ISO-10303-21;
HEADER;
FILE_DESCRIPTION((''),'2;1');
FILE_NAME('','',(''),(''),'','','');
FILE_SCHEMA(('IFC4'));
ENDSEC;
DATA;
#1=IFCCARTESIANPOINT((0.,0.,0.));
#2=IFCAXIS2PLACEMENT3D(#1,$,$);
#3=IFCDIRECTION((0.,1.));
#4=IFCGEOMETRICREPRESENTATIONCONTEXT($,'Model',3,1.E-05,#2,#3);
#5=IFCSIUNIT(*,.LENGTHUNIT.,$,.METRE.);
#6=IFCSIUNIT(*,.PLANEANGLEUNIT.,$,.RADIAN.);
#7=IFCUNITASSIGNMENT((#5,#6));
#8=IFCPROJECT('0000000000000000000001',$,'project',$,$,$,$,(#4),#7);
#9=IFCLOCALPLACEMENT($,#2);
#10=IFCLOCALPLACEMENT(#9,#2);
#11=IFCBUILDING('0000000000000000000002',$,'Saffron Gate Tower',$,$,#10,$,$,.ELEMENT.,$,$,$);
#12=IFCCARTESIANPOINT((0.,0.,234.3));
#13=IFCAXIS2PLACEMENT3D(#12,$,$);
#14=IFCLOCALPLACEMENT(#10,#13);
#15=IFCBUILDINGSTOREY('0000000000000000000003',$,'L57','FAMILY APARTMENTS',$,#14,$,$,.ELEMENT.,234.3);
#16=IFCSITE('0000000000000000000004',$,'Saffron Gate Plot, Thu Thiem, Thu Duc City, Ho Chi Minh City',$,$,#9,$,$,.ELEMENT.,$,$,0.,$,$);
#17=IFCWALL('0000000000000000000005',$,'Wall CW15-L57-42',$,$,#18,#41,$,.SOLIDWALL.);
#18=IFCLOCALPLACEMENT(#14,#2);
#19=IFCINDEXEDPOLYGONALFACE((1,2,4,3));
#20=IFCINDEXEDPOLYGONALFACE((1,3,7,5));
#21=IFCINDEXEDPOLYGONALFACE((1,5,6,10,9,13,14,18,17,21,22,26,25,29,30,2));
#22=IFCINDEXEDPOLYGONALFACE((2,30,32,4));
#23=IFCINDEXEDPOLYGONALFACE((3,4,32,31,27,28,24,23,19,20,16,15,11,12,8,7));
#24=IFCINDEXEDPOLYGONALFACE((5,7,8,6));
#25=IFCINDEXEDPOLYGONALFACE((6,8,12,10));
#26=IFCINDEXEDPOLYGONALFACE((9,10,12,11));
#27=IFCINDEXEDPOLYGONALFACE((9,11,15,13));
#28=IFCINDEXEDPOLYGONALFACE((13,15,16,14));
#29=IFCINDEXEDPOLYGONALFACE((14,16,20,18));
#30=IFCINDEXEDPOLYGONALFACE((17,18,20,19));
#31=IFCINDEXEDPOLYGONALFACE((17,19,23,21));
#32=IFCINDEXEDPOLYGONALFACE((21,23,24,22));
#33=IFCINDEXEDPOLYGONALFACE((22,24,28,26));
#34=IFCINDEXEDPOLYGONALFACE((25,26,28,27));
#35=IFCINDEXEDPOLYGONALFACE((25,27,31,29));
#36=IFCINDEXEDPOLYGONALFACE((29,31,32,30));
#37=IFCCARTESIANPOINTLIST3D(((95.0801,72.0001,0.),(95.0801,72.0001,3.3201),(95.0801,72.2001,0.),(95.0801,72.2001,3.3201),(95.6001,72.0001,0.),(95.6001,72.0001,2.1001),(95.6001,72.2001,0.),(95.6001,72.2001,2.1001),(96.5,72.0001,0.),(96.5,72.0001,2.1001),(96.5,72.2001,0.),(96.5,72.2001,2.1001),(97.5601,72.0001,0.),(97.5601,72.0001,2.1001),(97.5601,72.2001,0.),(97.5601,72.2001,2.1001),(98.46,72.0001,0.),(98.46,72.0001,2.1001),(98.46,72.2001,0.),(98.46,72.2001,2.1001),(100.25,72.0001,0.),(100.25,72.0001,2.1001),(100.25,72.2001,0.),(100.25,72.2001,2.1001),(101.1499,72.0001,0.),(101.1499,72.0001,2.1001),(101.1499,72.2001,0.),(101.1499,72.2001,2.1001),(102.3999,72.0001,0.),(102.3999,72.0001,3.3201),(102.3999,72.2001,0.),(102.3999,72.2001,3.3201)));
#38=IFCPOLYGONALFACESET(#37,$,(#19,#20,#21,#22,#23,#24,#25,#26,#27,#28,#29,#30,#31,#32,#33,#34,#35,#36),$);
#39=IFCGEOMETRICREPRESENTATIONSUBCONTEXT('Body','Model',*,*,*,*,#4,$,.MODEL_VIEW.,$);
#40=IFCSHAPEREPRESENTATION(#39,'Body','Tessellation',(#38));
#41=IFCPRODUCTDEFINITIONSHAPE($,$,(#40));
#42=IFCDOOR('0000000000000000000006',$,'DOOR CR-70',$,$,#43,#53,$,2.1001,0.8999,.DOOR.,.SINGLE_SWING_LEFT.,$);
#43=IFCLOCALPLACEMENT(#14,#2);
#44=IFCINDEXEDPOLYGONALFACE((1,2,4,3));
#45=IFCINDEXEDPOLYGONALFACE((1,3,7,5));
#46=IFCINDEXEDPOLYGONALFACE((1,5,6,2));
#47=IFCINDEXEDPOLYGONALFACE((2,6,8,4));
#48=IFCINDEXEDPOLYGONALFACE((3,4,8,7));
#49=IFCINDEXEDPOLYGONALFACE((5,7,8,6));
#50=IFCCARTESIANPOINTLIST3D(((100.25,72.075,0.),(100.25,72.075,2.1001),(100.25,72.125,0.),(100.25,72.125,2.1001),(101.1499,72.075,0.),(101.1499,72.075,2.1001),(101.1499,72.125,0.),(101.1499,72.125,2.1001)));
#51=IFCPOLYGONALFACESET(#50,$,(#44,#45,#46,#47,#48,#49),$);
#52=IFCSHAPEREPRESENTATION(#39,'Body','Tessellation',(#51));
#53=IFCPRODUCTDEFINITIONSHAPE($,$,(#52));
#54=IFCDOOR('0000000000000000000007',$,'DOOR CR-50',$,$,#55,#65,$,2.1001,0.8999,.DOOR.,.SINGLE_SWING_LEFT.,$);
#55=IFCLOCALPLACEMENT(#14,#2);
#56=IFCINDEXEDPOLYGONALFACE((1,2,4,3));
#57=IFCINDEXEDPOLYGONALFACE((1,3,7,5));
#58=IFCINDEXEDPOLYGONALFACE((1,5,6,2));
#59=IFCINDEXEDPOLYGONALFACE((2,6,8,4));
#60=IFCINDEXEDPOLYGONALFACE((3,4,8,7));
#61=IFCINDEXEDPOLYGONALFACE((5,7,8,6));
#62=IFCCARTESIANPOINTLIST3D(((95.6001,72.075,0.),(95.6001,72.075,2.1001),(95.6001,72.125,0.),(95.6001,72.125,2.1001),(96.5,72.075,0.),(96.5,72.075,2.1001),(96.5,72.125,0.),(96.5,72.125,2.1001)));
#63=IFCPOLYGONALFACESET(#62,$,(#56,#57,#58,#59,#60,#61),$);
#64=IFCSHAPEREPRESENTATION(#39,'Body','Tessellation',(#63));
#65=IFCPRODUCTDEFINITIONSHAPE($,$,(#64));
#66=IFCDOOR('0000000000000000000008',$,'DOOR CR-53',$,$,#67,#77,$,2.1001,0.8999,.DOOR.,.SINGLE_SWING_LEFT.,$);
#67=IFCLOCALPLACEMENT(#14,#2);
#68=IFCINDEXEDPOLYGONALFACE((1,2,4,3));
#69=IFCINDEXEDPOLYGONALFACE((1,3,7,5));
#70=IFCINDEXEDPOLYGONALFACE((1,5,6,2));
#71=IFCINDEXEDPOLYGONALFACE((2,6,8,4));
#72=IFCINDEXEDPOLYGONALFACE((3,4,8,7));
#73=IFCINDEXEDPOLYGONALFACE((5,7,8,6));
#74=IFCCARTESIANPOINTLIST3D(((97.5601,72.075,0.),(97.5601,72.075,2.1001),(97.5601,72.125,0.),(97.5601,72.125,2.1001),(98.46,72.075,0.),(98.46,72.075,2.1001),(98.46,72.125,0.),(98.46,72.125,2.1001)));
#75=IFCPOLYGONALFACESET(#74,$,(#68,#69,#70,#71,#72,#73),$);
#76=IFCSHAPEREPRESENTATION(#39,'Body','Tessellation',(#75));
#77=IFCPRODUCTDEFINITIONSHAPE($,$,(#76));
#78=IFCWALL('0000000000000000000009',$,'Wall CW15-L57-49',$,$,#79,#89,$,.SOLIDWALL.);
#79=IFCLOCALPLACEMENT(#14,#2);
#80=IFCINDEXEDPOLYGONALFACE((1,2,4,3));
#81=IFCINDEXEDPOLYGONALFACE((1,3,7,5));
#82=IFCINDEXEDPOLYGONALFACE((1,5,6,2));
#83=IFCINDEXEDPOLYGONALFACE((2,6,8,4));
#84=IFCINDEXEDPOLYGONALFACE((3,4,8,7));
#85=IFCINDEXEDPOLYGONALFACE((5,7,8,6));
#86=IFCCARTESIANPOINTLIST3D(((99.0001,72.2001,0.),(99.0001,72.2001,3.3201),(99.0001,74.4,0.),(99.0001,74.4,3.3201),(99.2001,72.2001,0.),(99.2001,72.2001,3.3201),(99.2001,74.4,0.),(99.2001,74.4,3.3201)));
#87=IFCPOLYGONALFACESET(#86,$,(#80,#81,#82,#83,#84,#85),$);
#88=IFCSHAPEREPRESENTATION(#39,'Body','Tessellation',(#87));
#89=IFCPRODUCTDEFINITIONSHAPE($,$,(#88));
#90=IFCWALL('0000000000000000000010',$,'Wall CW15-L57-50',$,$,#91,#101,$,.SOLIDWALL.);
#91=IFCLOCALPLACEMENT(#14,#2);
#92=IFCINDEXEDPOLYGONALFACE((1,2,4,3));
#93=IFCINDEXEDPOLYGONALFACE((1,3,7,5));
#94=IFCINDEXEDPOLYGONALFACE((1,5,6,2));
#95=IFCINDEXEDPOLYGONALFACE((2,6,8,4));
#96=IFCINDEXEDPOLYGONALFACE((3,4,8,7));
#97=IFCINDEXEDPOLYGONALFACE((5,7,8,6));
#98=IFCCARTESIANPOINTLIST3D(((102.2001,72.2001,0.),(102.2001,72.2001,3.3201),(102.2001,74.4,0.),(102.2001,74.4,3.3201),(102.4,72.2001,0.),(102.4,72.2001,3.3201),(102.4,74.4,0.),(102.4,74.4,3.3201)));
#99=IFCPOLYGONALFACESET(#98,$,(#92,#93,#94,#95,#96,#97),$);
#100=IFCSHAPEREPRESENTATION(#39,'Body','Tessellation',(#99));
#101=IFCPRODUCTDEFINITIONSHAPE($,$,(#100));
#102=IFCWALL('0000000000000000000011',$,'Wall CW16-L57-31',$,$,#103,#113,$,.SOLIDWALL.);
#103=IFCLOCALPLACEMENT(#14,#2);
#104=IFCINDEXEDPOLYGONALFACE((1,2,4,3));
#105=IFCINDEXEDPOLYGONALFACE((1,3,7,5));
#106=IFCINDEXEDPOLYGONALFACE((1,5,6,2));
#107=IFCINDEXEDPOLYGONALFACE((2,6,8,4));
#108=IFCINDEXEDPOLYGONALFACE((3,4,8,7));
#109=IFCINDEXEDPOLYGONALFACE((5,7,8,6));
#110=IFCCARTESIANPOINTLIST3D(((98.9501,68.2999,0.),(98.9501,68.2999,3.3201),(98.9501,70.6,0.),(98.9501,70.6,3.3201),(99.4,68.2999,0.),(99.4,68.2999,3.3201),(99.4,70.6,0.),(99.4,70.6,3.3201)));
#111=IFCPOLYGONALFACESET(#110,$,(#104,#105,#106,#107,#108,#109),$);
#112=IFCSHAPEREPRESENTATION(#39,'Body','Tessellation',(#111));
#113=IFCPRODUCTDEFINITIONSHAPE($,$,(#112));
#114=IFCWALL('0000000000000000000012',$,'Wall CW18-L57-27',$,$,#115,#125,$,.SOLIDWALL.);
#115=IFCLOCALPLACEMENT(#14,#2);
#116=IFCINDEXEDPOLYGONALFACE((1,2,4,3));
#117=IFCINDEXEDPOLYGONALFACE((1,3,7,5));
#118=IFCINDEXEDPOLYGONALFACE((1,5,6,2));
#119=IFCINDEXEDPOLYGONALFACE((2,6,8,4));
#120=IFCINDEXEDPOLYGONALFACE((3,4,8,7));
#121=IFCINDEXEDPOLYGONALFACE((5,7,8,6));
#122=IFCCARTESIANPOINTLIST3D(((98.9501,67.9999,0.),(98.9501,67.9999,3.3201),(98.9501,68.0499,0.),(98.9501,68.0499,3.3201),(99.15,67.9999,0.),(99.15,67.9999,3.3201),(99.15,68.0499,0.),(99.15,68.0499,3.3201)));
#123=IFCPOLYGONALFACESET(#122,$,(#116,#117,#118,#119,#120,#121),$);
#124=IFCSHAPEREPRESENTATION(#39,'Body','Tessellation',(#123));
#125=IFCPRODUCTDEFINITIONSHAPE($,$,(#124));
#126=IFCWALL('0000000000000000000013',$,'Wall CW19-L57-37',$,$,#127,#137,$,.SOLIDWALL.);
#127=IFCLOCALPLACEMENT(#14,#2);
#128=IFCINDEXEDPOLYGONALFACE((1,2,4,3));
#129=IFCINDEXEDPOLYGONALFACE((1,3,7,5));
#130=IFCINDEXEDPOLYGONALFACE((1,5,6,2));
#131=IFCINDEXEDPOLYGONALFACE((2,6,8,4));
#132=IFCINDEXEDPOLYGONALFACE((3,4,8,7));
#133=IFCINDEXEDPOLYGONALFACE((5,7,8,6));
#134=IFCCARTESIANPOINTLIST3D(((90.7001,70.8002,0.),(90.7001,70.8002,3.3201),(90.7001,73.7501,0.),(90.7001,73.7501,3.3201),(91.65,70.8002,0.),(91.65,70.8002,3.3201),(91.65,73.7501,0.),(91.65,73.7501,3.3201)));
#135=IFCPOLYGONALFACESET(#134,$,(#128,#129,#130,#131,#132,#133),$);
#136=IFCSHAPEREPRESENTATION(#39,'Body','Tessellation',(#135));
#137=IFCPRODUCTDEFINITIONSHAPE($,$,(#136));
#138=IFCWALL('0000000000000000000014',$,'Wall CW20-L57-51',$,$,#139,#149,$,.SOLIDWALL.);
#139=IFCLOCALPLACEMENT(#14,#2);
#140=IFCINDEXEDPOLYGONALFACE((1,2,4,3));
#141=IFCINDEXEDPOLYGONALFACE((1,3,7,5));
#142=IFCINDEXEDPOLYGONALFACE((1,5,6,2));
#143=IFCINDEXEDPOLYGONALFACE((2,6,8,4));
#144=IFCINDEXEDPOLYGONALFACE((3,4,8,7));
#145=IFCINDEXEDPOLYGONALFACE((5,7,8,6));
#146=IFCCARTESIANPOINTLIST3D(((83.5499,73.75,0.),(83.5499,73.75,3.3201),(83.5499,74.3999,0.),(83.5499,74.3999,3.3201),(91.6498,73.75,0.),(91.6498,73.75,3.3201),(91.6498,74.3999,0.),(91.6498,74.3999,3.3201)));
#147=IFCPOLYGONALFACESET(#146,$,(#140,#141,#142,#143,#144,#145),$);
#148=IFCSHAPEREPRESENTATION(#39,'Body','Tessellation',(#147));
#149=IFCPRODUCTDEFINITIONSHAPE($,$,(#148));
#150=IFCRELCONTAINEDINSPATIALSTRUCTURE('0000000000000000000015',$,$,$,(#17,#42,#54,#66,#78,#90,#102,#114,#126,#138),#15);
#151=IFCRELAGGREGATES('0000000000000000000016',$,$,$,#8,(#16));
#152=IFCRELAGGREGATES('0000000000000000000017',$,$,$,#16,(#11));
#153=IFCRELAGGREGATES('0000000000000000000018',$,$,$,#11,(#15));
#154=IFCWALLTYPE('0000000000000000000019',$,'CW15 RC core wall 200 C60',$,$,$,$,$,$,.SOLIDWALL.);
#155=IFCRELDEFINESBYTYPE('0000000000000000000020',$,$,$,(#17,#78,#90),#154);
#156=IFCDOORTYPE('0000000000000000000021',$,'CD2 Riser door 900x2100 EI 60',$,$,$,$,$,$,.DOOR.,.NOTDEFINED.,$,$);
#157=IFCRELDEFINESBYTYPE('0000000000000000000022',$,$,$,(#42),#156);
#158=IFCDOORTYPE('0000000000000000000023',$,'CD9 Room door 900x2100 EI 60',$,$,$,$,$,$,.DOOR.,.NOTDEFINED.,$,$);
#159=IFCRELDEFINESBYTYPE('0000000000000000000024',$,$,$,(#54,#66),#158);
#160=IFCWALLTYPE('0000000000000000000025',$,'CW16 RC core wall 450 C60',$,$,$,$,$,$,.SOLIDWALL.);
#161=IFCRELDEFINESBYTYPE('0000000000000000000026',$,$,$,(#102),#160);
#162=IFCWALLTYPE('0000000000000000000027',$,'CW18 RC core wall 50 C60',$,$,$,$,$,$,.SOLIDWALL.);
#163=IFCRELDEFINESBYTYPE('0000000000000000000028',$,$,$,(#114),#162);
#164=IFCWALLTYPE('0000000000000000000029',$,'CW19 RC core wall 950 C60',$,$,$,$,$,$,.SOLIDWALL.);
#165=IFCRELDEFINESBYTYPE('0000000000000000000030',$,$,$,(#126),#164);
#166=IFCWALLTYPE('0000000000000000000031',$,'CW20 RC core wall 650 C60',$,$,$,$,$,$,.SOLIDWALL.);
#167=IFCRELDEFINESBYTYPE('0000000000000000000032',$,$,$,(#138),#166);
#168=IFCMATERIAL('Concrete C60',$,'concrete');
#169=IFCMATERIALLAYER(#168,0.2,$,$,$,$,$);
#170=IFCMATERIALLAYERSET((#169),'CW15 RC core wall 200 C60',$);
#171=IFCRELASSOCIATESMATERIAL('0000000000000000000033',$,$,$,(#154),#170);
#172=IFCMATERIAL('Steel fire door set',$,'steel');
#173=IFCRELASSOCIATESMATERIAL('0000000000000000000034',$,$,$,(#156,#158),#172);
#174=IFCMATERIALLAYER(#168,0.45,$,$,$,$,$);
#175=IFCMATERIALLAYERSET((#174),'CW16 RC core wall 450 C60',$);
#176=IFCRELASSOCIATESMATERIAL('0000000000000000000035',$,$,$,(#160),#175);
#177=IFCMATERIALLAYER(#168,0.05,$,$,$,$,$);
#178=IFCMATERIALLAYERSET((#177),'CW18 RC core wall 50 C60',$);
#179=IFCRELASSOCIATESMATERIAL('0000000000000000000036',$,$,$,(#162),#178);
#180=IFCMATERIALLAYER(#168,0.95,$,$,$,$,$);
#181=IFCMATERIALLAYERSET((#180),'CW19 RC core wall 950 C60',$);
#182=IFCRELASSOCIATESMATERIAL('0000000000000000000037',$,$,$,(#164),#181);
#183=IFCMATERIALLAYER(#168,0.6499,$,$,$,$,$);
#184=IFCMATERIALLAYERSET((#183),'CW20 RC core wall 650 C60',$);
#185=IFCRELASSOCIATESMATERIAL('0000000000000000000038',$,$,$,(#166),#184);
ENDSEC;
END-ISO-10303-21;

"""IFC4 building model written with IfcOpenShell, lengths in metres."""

from ifc_helpers import new_model, si_unit, direction, frame, frame_2d, origin, place, context, subcontext, project, spatial, rectangle, extrude, material, layer, layer_set, type_object, element, fill, save


model = new_model("IFC4")

# Units and contexts
model_context = context("Model", 3, precision=1e-05, world=origin(), true_north=direction((0.0, 1.0)))
body_context = subcontext(model_context, "Body", "Model", "MODEL_VIEW")
ifc_project = project(units=[si_unit("LENGTHUNIT", "METRE"), si_unit("PLANEANGLEUNIT", "RADIAN")], contexts=[model_context])

# Site, building, storey
site_placement = place(None, origin())
site = spatial("IfcSite", under=ifc_project, at=site_placement, Name="Saffron Gate Plot, Thu Thiem, Thu Duc City, Ho Chi Minh City", CompositionType="ELEMENT", RefElevation=0.0)
building_placement = place(site_placement, origin())
building = spatial("IfcBuilding", under=site, at=building_placement, Name="Saffron Gate Tower", CompositionType="ELEMENT")
storey_placement = place(building_placement, frame((0.0, 0.0, 234.3)))
storey = spatial("IfcBuildingStorey", under=building, at=storey_placement, Name="L57", Description="FAMILY APARTMENTS", CompositionType="ELEMENT", Elevation=234.3)

# Shared definitions
ifc_material_1 = material(Name="Concrete C60", Category="concrete")

# Shared definitions
ifc_material_2 = material(Name="Steel fire door set", Category="steel")

# Shared definitions
ifc_layer_1 = layer(ifc_material_1, 0.2)
ifc_layer_set_1 = layer_set([ifc_layer_1], Name="CW15 RC core wall 200 C60")
wall_type_1 = type_object("IfcWallType", Name="CW15 RC core wall 200 C60", PredefinedType="SOLIDWALL", material=ifc_layer_set_1)

# Wall, openings, doors
wall_1_placement = place(storey_placement, frame((95.0801, 72.1001, 0.0), z_axis=(0.0, 0.0, 1.0), x_axis=(1.0, 0.0, 0.0)))
wall_1 = element("IfcWall", 1, at=wall_1_placement, inside=storey, type_object=wall_type_1, Name="Wall CW15-L57-42", PredefinedType="SOLIDWALL", context=body_context, shape_type="SweptSolid", body=[
    extrude(rectangle(XDim=7.3198, YDim=0.2, at=frame_2d((3.6599, 0.0))), origin(), (0.0, 0.0, 1.0), 3.3201),
])
opening_1_placement = place(wall_1_placement, frame((0.52, 0.0, 0.0)))
opening_1 = element("IfcOpeningElement", 2, at=opening_1_placement, cuts=wall_1, PredefinedType="OPENING", context=body_context, shape_type="SweptSolid", body=[
    extrude(rectangle(XDim=0.8999, YDim=2.1001, at=frame_2d((0.45, 1.05))), frame((0.0, 0.1099, 0.0), z_axis=(0.0, -1.0, 0.0), x_axis=(1.0, 0.0, 0.0)), (0.0, 0.0, 1.0), 0.22),
])
opening_2_placement = place(wall_1_placement, frame((2.48, 0.0, 0.0)))
opening_2 = element("IfcOpeningElement", 3, at=opening_2_placement, cuts=wall_1, PredefinedType="OPENING", context=body_context, shape_type="SweptSolid", body=[
    extrude(rectangle(XDim=0.8999, YDim=2.1001, at=frame_2d((0.45, 1.05))), frame((0.0, 0.1099, 0.0), z_axis=(0.0, -1.0, 0.0), x_axis=(1.0, 0.0, 0.0)), (0.0, 0.0, 1.0), 0.22),
])
opening_3_placement = place(wall_1_placement, frame((5.1699, 0.0, 0.0)))
opening_3 = element("IfcOpeningElement", 4, at=opening_3_placement, cuts=wall_1, PredefinedType="OPENING", context=body_context, shape_type="SweptSolid", body=[
    extrude(rectangle(XDim=0.8999, YDim=2.1001, at=frame_2d((0.45, 1.05))), frame((0.0, 0.1099, 0.0), z_axis=(0.0, -1.0, 0.0), x_axis=(1.0, 0.0, 0.0)), (0.0, 0.0, 1.0), 0.22),
])
door_type_1 = type_object("IfcDoorType", Name="CD2 Riser door 900x2100 EI 60", OperationType="NOTDEFINED", PredefinedType="DOOR", material=ifc_material_2)
door_1_placement = place(opening_3_placement, origin())
door_1 = element("IfcDoor", 5, at=door_1_placement, inside=storey, type_object=door_type_1, Name="DOOR CR-70", OperationType="SINGLE_SWING_LEFT", OverallHeight=2.1001, OverallWidth=0.8999, PredefinedType="DOOR", context=body_context, shape_type="SweptSolid", body=[
    extrude(rectangle(XDim=0.8999, YDim=2.1001, at=frame_2d((0.45, 1.05))), frame((0.0, 0.0249, 0.0), z_axis=(0.0, -1.0, 0.0), x_axis=(1.0, 0.0, 0.0)), (0.0, 0.0, 1.0), 0.05),
])
fill(opening_3, door_1)
door_type_2 = type_object("IfcDoorType", Name="CD9 Room door 900x2100 EI 60", OperationType="NOTDEFINED", PredefinedType="DOOR", material=ifc_material_2)
door_2_placement = place(opening_1_placement, origin())
door_2 = element("IfcDoor", 6, at=door_2_placement, inside=storey, type_object=door_type_2, Name="DOOR CR-50", OperationType="SINGLE_SWING_LEFT", OverallHeight=2.1001, OverallWidth=0.8999, PredefinedType="DOOR", context=body_context, shape_type="SweptSolid", body=[
    extrude(rectangle(XDim=0.8999, YDim=2.1001, at=frame_2d((0.45, 1.05))), frame((0.0, 0.0249, 0.0), z_axis=(0.0, -1.0, 0.0), x_axis=(1.0, 0.0, 0.0)), (0.0, 0.0, 1.0), 0.05),
])
fill(opening_1, door_2)
door_3_placement = place(opening_2_placement, origin())
door_3 = element("IfcDoor", 7, at=door_3_placement, inside=storey, type_object=door_type_2, Name="DOOR CR-53", OperationType="SINGLE_SWING_LEFT", OverallHeight=2.1001, OverallWidth=0.8999, PredefinedType="DOOR", context=body_context, shape_type="SweptSolid", body=[
    extrude(rectangle(XDim=0.8999, YDim=2.1001, at=frame_2d((0.45, 1.05))), frame((0.0, 0.0249, 0.0), z_axis=(0.0, -1.0, 0.0), x_axis=(1.0, 0.0, 0.0)), (0.0, 0.0, 1.0), 0.05),
])
fill(opening_2, door_3)

# Walls
for number, where, z_axis, x_axis, name in (
    (8, (99.1001, 72.2, 0.0), (0.0, 0.0, 1.0), (0.0, 1.0, 0.0), "Wall CW15-L57-49"),
    (9, (102.3, 72.2, 0.0), (0.0, 0.0, 1.0), (0.0, 1.0, 0.0), "Wall CW15-L57-50"),
):
    element("IfcWall", number, at=place(storey_placement, frame(where, z_axis=z_axis, x_axis=x_axis)), inside=storey, type_object=wall_type_1, Name=name, PredefinedType="SOLIDWALL", context=body_context, shape_type="SweptSolid", body=[
        extrude(rectangle(XDim=2.2, YDim=0.2, at=frame_2d((1.1001, 0.0))), origin(), (0.0, 0.0, 1.0), 3.3201),
    ])
ifc_layer_2 = layer(ifc_material_1, 0.45)
ifc_layer_set_2 = layer_set([ifc_layer_2], Name="CW16 RC core wall 450 C60")
wall_type_2 = type_object("IfcWallType", Name="CW16 RC core wall 450 C60", PredefinedType="SOLIDWALL", material=ifc_layer_set_2)
wall_2_placement = place(storey_placement, frame((99.175, 68.3, 0.0), z_axis=(0.0, 0.0, 1.0), x_axis=(0.0, 1.0, 0.0)))
element("IfcWall", 10, at=wall_2_placement, inside=storey, type_object=wall_type_2, Name="Wall CW16-L57-31", PredefinedType="SOLIDWALL", context=body_context, shape_type="SweptSolid", body=[
    extrude(rectangle(XDim=2.3, YDim=0.45, at=frame_2d((1.1499, 0.0))), origin(), (0.0, 0.0, 1.0), 3.3201),
])
ifc_layer_3 = layer(ifc_material_1, 0.05)
ifc_layer_set_3 = layer_set([ifc_layer_3], Name="CW18 RC core wall 50 C60")
wall_type_3 = type_object("IfcWallType", Name="CW18 RC core wall 50 C60", PredefinedType="SOLIDWALL", material=ifc_layer_set_3)
wall_3_placement = place(storey_placement, frame((98.95, 68.0249, 0.0), z_axis=(0.0, 0.0, 1.0), x_axis=(1.0, 0.0, 0.0)))
element("IfcWall", 11, at=wall_3_placement, inside=storey, type_object=wall_type_3, Name="Wall CW18-L57-27", PredefinedType="SOLIDWALL", context=body_context, shape_type="SweptSolid", body=[
    extrude(rectangle(XDim=0.2, YDim=0.05, at=frame_2d((0.1001, 0.0))), origin(), (0.0, 0.0, 1.0), 3.3201),
])
ifc_layer_4 = layer(ifc_material_1, 0.95)
ifc_layer_set_4 = layer_set([ifc_layer_4], Name="CW19 RC core wall 950 C60")
wall_type_4 = type_object("IfcWallType", Name="CW19 RC core wall 950 C60", PredefinedType="SOLIDWALL", material=ifc_layer_set_4)
wall_4_placement = place(storey_placement, frame((91.175, 70.8, 0.0), z_axis=(0.0, 0.0, 1.0), x_axis=(0.0, 1.0, 0.0)))
element("IfcWall", 12, at=wall_4_placement, inside=storey, type_object=wall_type_4, Name="Wall CW19-L57-37", PredefinedType="SOLIDWALL", context=body_context, shape_type="SweptSolid", body=[
    extrude(rectangle(XDim=2.95, YDim=0.95, at=frame_2d((1.4751, 0.0))), origin(), (0.0, 0.0, 1.0), 3.3201),
])
ifc_layer_5 = layer(ifc_material_1, 0.6499)
ifc_layer_set_5 = layer_set([ifc_layer_5], Name="CW20 RC core wall 650 C60")
wall_type_5 = type_object("IfcWallType", Name="CW20 RC core wall 650 C60", PredefinedType="SOLIDWALL", material=ifc_layer_set_5)
wall_5_placement = place(storey_placement, frame((83.55, 74.075, 0.0), z_axis=(0.0, 0.0, 1.0), x_axis=(1.0, 0.0, 0.0)))
element("IfcWall", 13, at=wall_5_placement, inside=storey, type_object=wall_type_5, Name="Wall CW20-L57-51", PredefinedType="SOLIDWALL", context=body_context, shape_type="SweptSolid", body=[
    extrude(rectangle(XDim=8.0999, YDim=0.6499, at=frame_2d((4.0498, 0.0))), origin(), (0.0, 0.0, 1.0), 3.3201),
])

save(model, "model.ifc")
